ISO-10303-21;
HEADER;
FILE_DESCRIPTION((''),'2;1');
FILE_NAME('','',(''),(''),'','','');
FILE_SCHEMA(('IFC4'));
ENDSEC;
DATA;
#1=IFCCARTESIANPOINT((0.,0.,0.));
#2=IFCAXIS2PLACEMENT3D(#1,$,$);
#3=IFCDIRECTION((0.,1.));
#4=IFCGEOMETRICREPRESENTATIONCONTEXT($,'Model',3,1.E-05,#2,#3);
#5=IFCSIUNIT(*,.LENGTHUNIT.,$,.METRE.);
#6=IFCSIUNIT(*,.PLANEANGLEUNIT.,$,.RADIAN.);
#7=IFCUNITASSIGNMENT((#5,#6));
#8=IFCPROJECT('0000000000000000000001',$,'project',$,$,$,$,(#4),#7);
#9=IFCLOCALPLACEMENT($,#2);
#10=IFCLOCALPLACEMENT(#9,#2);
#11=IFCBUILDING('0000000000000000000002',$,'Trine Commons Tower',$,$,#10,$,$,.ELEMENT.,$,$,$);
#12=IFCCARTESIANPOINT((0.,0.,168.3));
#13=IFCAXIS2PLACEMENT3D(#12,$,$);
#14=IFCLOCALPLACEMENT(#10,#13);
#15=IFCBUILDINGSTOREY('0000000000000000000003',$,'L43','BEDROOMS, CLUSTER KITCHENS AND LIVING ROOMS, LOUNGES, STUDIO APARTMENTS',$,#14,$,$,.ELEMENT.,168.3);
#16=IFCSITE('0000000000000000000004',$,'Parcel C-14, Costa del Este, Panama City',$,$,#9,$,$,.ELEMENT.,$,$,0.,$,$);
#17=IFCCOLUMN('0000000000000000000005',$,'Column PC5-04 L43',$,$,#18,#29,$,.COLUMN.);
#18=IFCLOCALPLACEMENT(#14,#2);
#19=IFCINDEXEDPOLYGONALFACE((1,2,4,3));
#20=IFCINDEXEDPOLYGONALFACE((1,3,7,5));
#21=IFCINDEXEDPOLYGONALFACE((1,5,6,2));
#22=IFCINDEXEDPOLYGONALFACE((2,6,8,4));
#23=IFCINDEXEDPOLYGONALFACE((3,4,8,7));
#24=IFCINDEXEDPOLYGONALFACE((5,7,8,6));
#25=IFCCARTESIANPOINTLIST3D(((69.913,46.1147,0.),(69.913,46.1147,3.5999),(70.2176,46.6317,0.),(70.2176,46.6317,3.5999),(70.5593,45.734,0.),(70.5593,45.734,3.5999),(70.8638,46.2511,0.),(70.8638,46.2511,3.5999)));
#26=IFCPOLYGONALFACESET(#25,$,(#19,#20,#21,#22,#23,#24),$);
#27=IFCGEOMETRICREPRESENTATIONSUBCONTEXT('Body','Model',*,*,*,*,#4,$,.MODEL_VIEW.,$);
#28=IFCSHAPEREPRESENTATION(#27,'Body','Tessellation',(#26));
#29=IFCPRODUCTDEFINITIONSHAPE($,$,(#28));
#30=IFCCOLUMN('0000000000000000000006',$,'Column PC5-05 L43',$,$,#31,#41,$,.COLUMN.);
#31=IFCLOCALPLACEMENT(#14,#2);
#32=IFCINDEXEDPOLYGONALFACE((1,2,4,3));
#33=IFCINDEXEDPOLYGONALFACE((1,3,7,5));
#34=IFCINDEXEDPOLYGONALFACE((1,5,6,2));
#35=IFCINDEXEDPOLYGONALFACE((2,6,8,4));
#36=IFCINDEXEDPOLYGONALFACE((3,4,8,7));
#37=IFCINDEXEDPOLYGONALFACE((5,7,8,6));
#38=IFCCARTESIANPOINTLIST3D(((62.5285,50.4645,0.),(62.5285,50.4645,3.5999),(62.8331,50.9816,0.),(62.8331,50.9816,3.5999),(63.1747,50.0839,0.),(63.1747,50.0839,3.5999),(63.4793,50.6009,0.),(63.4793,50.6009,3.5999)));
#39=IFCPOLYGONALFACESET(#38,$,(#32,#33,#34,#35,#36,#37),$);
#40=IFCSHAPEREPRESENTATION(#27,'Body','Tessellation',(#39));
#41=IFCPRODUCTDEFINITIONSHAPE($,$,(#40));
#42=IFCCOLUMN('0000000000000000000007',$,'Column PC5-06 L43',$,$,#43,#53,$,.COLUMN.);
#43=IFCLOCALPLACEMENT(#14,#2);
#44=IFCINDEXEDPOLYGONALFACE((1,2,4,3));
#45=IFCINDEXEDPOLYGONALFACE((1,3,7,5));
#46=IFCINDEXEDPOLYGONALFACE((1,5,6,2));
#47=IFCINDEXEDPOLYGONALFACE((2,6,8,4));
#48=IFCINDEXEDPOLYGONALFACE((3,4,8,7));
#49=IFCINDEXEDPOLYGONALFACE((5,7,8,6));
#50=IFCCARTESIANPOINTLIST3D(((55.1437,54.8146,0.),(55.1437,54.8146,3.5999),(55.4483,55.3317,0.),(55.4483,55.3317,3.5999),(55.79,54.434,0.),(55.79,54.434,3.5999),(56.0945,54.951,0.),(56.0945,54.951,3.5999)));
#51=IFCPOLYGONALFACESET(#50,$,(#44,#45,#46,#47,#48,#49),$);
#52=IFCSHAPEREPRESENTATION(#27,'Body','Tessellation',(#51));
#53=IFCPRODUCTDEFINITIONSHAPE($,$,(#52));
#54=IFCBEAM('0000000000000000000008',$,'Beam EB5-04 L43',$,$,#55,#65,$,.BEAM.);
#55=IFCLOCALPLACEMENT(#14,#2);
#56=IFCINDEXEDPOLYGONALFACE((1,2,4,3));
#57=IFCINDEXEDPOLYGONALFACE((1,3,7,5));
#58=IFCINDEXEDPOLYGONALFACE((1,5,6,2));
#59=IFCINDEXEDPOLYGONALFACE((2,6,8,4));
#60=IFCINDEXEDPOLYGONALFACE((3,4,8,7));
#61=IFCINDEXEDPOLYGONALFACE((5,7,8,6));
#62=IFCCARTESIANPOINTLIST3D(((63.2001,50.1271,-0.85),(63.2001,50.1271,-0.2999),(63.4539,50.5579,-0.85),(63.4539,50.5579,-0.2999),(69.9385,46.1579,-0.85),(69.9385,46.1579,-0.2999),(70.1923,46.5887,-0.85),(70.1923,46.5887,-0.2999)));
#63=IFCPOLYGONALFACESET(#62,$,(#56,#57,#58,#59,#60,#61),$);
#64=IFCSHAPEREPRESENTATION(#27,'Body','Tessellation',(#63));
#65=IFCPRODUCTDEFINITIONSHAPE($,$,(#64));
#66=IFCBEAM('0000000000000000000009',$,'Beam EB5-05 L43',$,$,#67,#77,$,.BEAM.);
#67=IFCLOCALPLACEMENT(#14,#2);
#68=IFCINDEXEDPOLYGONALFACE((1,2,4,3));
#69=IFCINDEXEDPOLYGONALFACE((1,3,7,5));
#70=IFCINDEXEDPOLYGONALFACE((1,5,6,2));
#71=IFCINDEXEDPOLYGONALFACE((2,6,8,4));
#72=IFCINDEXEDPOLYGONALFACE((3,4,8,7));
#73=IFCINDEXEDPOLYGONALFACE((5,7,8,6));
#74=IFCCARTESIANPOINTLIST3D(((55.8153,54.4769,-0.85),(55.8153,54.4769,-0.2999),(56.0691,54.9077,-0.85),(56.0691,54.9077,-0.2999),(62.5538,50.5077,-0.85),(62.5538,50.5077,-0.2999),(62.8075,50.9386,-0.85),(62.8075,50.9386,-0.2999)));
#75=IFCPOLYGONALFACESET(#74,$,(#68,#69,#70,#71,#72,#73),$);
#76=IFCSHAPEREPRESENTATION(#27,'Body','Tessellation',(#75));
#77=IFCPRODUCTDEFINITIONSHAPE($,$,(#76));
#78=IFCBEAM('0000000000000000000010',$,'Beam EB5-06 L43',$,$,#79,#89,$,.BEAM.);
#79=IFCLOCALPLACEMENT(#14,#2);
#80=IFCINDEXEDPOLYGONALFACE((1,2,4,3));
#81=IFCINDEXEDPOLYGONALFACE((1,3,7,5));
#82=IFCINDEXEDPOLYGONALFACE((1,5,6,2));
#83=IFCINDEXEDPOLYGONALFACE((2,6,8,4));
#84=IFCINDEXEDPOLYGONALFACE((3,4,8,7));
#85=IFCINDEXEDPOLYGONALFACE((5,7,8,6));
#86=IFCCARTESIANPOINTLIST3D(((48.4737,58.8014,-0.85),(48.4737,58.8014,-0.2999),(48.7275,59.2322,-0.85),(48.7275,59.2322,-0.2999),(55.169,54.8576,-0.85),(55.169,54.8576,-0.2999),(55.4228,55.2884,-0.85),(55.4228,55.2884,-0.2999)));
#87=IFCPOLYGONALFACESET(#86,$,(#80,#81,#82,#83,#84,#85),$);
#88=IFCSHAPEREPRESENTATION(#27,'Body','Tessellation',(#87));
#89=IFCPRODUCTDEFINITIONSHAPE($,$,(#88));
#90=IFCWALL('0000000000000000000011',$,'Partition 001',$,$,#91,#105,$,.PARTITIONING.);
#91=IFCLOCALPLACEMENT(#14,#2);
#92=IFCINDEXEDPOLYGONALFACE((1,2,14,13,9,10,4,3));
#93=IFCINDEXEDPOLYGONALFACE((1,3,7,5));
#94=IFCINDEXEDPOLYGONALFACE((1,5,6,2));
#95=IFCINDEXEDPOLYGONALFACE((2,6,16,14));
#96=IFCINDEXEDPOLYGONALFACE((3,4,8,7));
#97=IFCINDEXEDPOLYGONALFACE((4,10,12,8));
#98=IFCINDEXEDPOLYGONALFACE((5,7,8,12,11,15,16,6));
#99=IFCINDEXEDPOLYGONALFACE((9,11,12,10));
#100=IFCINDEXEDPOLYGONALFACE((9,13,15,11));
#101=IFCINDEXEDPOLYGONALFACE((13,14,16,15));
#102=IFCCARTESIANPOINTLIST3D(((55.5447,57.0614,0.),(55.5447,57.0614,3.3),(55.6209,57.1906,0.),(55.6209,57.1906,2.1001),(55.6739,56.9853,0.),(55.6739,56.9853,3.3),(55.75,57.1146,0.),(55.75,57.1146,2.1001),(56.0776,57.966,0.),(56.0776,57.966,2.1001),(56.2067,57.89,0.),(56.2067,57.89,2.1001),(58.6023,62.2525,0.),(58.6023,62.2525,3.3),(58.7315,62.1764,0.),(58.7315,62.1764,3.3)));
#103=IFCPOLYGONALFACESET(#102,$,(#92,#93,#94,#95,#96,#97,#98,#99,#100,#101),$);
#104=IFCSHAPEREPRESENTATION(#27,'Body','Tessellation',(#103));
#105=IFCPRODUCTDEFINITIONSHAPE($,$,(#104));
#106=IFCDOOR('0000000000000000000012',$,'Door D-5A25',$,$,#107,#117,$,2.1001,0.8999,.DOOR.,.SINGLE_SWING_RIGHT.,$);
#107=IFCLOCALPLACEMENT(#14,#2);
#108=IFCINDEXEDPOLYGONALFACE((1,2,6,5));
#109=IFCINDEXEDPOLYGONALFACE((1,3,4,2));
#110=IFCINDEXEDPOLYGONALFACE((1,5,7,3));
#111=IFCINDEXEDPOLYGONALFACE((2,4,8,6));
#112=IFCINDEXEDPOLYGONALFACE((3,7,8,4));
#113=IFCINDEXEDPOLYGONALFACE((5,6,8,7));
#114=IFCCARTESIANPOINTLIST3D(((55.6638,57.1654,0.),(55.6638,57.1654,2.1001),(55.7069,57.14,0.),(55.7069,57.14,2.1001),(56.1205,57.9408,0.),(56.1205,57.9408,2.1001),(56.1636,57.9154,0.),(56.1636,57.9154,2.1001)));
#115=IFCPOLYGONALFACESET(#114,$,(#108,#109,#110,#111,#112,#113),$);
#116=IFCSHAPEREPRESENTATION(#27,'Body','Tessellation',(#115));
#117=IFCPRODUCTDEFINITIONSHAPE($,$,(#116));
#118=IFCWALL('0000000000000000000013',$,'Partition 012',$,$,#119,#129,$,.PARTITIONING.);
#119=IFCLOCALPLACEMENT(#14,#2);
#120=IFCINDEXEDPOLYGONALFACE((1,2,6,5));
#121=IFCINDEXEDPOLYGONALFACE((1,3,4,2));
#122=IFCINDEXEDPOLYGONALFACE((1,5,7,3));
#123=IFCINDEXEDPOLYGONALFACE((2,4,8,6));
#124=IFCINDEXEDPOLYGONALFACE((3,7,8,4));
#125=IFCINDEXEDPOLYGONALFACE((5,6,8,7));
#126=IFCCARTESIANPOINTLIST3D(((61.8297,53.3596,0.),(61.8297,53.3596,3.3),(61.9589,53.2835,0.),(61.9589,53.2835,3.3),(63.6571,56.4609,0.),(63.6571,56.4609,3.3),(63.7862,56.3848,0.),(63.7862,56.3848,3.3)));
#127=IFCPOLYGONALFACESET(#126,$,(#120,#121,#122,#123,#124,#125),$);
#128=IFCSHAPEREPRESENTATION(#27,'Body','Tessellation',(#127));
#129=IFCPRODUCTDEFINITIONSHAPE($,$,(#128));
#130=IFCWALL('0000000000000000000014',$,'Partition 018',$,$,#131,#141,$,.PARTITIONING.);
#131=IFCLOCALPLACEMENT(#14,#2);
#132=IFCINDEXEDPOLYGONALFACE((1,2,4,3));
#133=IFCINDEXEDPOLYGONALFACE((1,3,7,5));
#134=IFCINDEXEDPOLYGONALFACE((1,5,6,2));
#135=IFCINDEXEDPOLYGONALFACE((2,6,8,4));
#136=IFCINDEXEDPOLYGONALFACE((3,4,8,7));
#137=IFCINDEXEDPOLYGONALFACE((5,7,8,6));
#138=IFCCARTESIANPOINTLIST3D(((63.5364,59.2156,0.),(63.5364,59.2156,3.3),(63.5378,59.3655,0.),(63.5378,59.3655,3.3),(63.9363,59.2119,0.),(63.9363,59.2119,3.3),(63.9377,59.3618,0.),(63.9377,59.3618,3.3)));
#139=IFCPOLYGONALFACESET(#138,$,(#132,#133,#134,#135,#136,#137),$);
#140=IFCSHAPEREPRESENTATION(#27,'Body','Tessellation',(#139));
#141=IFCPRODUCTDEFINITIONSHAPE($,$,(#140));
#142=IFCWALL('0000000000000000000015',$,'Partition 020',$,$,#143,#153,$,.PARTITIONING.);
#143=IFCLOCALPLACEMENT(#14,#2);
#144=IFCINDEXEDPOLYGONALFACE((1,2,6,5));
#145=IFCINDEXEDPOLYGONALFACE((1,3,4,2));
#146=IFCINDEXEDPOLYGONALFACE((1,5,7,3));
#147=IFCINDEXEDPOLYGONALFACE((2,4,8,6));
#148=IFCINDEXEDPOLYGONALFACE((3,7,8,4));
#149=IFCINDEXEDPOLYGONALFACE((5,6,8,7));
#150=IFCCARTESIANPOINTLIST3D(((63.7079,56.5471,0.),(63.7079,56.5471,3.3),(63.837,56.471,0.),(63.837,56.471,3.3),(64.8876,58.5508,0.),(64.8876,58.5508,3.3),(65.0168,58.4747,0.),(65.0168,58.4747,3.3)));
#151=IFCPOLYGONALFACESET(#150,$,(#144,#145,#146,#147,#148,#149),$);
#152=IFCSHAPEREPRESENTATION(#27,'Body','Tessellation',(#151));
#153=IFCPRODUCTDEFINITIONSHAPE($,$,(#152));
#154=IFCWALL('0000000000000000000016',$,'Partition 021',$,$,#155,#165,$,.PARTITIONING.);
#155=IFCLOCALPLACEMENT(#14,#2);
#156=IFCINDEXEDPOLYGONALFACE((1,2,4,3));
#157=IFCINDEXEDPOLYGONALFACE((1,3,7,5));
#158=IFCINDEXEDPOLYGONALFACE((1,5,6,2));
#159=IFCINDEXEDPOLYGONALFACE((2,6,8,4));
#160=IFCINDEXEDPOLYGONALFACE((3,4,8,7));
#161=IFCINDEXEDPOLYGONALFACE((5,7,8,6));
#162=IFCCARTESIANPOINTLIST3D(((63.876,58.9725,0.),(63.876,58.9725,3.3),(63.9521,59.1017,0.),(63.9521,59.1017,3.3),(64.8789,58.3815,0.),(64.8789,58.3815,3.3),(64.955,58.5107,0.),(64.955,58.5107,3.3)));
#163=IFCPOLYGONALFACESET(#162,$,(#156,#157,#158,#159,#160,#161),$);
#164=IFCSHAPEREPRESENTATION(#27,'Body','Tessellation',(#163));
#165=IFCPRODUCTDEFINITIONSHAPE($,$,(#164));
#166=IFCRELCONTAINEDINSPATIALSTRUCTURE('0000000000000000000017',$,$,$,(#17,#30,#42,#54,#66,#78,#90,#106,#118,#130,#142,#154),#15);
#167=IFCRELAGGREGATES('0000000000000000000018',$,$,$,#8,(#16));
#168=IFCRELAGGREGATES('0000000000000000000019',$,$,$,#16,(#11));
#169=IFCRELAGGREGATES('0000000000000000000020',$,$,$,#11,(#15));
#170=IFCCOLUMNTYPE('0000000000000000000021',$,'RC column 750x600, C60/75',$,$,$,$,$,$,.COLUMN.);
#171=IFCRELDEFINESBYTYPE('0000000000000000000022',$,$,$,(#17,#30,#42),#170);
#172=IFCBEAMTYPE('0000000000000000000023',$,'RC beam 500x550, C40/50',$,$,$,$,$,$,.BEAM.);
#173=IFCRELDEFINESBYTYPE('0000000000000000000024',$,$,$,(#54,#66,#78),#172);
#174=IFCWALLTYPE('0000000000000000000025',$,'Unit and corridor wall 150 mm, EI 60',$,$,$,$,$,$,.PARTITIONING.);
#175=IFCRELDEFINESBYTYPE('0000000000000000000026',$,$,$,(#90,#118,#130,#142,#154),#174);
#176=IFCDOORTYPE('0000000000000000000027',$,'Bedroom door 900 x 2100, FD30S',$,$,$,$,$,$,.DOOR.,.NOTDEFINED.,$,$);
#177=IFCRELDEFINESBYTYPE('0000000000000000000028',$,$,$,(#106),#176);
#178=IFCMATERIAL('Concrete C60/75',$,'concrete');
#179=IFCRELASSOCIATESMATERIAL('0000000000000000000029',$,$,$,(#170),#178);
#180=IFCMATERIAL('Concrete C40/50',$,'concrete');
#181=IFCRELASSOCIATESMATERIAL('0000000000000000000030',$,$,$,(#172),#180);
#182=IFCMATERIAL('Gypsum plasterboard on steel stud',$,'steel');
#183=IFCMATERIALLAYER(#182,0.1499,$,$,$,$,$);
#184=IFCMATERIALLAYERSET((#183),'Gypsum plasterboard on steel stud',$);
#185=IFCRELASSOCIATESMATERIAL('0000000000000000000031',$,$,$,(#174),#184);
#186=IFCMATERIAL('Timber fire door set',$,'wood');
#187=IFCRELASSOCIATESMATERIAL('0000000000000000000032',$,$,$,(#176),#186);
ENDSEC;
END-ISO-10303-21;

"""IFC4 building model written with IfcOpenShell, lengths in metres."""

from ifc_helpers import new_model, si_unit, direction, frame, frame_2d, origin, origin_2d, place, context, subcontext, project, spatial, rectangle, extrude, material, layer, layer_set, material_profile, profile_set, type_object, element, fill, save


model = new_model("IFC4")

# Units and contexts
model_context = context("Model", 3, precision=1e-05, world=origin(), true_north=direction((0.0, 1.0)))
body_context = subcontext(model_context, "Body", "Model", "MODEL_VIEW")
ifc_project = project(units=[si_unit("LENGTHUNIT", "METRE"), si_unit("PLANEANGLEUNIT", "RADIAN")], contexts=[model_context])

# Site, building, storey
site_placement = place(None, origin())
site = spatial("IfcSite", under=ifc_project, at=site_placement, Name="Parcel C-14, Costa del Este, Panama City", CompositionType="ELEMENT", RefElevation=0.0)
building_placement = place(site_placement, origin())
building = spatial("IfcBuilding", under=site, at=building_placement, Name="Trine Commons Tower", CompositionType="ELEMENT")
storey_placement = place(building_placement, frame((0.0, 0.0, 168.3)))
storey = spatial("IfcBuildingStorey", under=building, at=storey_placement, Name="L43", Description="BEDROOMS, CLUSTER KITCHENS AND LIVING ROOMS, LOUNGES, STUDIO APARTMENTS", CompositionType="ELEMENT", Elevation=168.3)

# Columns
ifc_material_1 = material(Name="Concrete C60/75", Category="concrete")
ifc_material_profile_1 = material_profile(ifc_material_1, rectangle(XDim=0.75, YDim=0.6001, at=origin_2d()), Name="RC 750x600")
ifc_profile_set_1 = profile_set([ifc_material_profile_1], Name="Concrete C60/75")
column_type = type_object("IfcColumnType", Name="RC column 750x600, C60/75", PredefinedType="COLUMN", material=ifc_profile_set_1)
for number, where, z_axis, x_axis, name in (
    (1, (70.3884, 46.1829, 0.0), (0.0, 0.0, 1.0), (-0.861629, 0.507538, 0.0), "Column PC5-04 L43"),
    (2, (63.0039, 50.5327, 0.0), (0.0, 0.0, 1.0), (-0.861629, 0.507538, 0.0), "Column PC5-05 L43"),
    (3, (55.6191, 54.8828, 0.0), (0.0, 0.0, 1.0), (-0.861629, 0.507538, 0.0), "Column PC5-06 L43"),
):
    element("IfcColumn", number, at=place(storey_placement, frame(where, z_axis=z_axis, x_axis=x_axis)), inside=storey, type_object=column_type, Name=name, PredefinedType="COLUMN", context=body_context, shape_type="SweptSolid", body=[
        extrude(rectangle(XDim=0.75, YDim=0.6001, at=origin_2d()), origin(), (0.0, 0.0, 1.0), 3.5999),
    ])

# Beams
ifc_material_2 = material(Name="Concrete C40/50", Category="concrete")
ifc_material_profile_2 = material_profile(ifc_material_2, rectangle(XDim=0.5, YDim=0.55, at=origin_2d()), Name="RC 500x550")
ifc_profile_set_2 = profile_set([ifc_material_profile_2], Name="Concrete C40/50")
beam_type = type_object("IfcBeamType", Name="RC beam 500x550, C40/50", PredefinedType="BEAM", material=ifc_profile_set_2)
for number, where, z_axis, x_axis, name in (
    (4, (70.0654, 46.3733, -0.575), (-0.861632, 0.507533, 0.0), (-0.507533, -0.861632, 0.0), "Beam EB5-04 L43"),
    (5, (62.6807, 50.7231, -0.575), (-0.861632, 0.507533, 0.0), (-0.507533, -0.861632, 0.0), "Beam EB5-05 L43"),
):
    element("IfcBeam", number, at=place(storey_placement, frame(where, z_axis=z_axis, x_axis=x_axis)), inside=storey, type_object=beam_type, Name=name, PredefinedType="BEAM", context=body_context, shape_type="SweptSolid", body=[
        extrude(rectangle(XDim=0.5, YDim=0.55, at=origin_2d()), origin(), (0.0, 0.0, 1.0), 7.8206),
    ])
beam_placement = place(storey_placement, frame((55.2959, 55.073, -0.575), z_axis=(-0.861629, 0.507539, 0.0), x_axis=(-0.507539, -0.861629, 0.0)))
element("IfcBeam", 6, at=beam_placement, inside=storey, type_object=beam_type, Name="Beam EB5-06 L43", PredefinedType="BEAM", context=body_context, shape_type="SweptSolid", body=[
    extrude(rectangle(XDim=0.5, YDim=0.55, at=origin_2d()), origin(), (0.0, 0.0, 1.0), 7.7705),
])

# Wall, opening, door
ifc_material_3 = material(Name="Gypsum plasterboard on steel stud", Category="steel")
ifc_layer_1 = layer(ifc_material_3, 0.1499)
ifc_layer_set_1 = layer_set([ifc_layer_1], Name="Gypsum plasterboard on steel stud")
wall_type_1 = type_object("IfcWallType", Name="Unit and corridor wall 150 mm, EI 60", PredefinedType="PARTITIONING", material=ifc_layer_set_1)
wall_1_placement = place(storey_placement, frame((55.6094, 57.0234, 0.0), z_axis=(0.0, 0.0, 1.0), x_axis=(0.507512, 0.861644, 0.0)))
wall_1 = element("IfcWall", 7, at=wall_1_placement, inside=storey, type_object=wall_type_1, Name="Partition 001", PredefinedType="PARTITIONING", context=body_context, shape_type="SweptSolid", body=[
    extrude(rectangle(XDim=6.0247, YDim=0.1499, at=frame_2d((3.0122, 0.0))), origin(), (0.0, 0.0, 1.0), 3.3),
])
opening_1_placement = place(wall_1_placement, frame((0.1499, 0.0, 0.0)))
opening_1 = element("IfcOpeningElement", 8, at=opening_1_placement, cuts=wall_1, PredefinedType="OPENING", context=body_context, shape_type="SweptSolid", body=[
    extrude(rectangle(XDim=0.8999, YDim=2.1001, at=frame_2d((0.45, 1.05))), frame((0.0, 0.085, 0.0), z_axis=(0.0, -1.0, 0.0), x_axis=(1.0, 0.0, 0.0)), (0.0, 0.0, 1.0), 0.1699),
])
ifc_material_4 = material(Name="Timber fire door set", Category="wood")
door_type_1 = type_object("IfcDoorType", Name="Bedroom door 900 x 2100, FD30S", OperationType="NOTDEFINED", PredefinedType="DOOR", material=ifc_material_4)
door_1_placement = place(opening_1_placement, frame((0.8999, 0.0, 0.0), z_axis=(0.0, 0.0, 1.0), x_axis=(-1.0, 0.0, 0.0)))
door_1 = element("IfcDoor", 9, at=door_1_placement, inside=storey, type_object=door_type_1, Name="Door D-5A25", OperationType="SINGLE_SWING_RIGHT", OverallHeight=2.1001, OverallWidth=0.8999, PredefinedType="DOOR", context=body_context, shape_type="SweptSolid", body=[
    extrude(rectangle(XDim=0.8999, YDim=2.1001, at=frame_2d((0.45, 1.05))), frame((0.0, 0.0249, 0.0), z_axis=(0.0, -1.0, 0.0), x_axis=(1.0, 0.0, 0.0)), (0.0, 0.0, 1.0), 0.05),
])
fill(opening_1, door_1)

# Walls
wall_2_placement = place(storey_placement, frame((61.8943, 53.3215, 0.0), z_axis=(0.0, 0.0, 1.0), x_axis=(0.507657, 0.861559, 0.0)))
element("IfcWall", 10, at=wall_2_placement, inside=storey, type_object=wall_type_1, Name="Partition 012", PredefinedType="PARTITIONING", context=body_context, shape_type="SweptSolid", body=[
    extrude(rectangle(XDim=3.5996, YDim=0.1499, at=frame_2d((1.7998, 0.0))), origin(), (0.0, 0.0, 1.0), 3.3),
])
wall_3_placement = place(storey_placement, frame((63.5371, 59.2905, 0.0), z_axis=(0.0, 0.0, 1.0), x_axis=(0.999958, -0.009157, 0.0)))
element("IfcWall", 11, at=wall_3_placement, inside=storey, type_object=wall_type_1, Name="Partition 018", PredefinedType="PARTITIONING", context=body_context, shape_type="SweptSolid", body=[
    extrude(rectangle(XDim=0.3999, YDim=0.1499, at=frame_2d((0.2, 0.0))), origin(), (0.0, 0.0, 1.0), 3.3),
])
wall_4_placement = place(storey_placement, frame((63.7725, 56.509, 0.0), z_axis=(0.0, 0.0, 1.0), x_axis=(0.50736, 0.861734, 0.0)))
element("IfcWall", 12, at=wall_4_placement, inside=storey, type_object=wall_type_1, Name="Partition 020", PredefinedType="PARTITIONING", context=body_context, shape_type="SweptSolid", body=[
    extrude(rectangle(XDim=2.3252, YDim=0.1499, at=frame_2d((1.1626, 0.0))), origin(), (0.0, 0.0, 1.0), 3.3),
])
wall_5_placement = place(storey_placement, frame((63.9141, 59.0371, 0.0), z_axis=(0.0, 0.0, 1.0), x_axis=(0.861519, -0.507726, 0.0)))
element("IfcWall", 13, at=wall_5_placement, inside=storey, type_object=wall_type_1, Name="Partition 021", PredefinedType="PARTITIONING", context=body_context, shape_type="SweptSolid", body=[
    extrude(rectangle(XDim=1.1641, YDim=0.1499, at=frame_2d((0.582, 0.0))), origin(), (0.0, 0.0, 1.0), 3.3),
])

save(model, "model.ifc")
